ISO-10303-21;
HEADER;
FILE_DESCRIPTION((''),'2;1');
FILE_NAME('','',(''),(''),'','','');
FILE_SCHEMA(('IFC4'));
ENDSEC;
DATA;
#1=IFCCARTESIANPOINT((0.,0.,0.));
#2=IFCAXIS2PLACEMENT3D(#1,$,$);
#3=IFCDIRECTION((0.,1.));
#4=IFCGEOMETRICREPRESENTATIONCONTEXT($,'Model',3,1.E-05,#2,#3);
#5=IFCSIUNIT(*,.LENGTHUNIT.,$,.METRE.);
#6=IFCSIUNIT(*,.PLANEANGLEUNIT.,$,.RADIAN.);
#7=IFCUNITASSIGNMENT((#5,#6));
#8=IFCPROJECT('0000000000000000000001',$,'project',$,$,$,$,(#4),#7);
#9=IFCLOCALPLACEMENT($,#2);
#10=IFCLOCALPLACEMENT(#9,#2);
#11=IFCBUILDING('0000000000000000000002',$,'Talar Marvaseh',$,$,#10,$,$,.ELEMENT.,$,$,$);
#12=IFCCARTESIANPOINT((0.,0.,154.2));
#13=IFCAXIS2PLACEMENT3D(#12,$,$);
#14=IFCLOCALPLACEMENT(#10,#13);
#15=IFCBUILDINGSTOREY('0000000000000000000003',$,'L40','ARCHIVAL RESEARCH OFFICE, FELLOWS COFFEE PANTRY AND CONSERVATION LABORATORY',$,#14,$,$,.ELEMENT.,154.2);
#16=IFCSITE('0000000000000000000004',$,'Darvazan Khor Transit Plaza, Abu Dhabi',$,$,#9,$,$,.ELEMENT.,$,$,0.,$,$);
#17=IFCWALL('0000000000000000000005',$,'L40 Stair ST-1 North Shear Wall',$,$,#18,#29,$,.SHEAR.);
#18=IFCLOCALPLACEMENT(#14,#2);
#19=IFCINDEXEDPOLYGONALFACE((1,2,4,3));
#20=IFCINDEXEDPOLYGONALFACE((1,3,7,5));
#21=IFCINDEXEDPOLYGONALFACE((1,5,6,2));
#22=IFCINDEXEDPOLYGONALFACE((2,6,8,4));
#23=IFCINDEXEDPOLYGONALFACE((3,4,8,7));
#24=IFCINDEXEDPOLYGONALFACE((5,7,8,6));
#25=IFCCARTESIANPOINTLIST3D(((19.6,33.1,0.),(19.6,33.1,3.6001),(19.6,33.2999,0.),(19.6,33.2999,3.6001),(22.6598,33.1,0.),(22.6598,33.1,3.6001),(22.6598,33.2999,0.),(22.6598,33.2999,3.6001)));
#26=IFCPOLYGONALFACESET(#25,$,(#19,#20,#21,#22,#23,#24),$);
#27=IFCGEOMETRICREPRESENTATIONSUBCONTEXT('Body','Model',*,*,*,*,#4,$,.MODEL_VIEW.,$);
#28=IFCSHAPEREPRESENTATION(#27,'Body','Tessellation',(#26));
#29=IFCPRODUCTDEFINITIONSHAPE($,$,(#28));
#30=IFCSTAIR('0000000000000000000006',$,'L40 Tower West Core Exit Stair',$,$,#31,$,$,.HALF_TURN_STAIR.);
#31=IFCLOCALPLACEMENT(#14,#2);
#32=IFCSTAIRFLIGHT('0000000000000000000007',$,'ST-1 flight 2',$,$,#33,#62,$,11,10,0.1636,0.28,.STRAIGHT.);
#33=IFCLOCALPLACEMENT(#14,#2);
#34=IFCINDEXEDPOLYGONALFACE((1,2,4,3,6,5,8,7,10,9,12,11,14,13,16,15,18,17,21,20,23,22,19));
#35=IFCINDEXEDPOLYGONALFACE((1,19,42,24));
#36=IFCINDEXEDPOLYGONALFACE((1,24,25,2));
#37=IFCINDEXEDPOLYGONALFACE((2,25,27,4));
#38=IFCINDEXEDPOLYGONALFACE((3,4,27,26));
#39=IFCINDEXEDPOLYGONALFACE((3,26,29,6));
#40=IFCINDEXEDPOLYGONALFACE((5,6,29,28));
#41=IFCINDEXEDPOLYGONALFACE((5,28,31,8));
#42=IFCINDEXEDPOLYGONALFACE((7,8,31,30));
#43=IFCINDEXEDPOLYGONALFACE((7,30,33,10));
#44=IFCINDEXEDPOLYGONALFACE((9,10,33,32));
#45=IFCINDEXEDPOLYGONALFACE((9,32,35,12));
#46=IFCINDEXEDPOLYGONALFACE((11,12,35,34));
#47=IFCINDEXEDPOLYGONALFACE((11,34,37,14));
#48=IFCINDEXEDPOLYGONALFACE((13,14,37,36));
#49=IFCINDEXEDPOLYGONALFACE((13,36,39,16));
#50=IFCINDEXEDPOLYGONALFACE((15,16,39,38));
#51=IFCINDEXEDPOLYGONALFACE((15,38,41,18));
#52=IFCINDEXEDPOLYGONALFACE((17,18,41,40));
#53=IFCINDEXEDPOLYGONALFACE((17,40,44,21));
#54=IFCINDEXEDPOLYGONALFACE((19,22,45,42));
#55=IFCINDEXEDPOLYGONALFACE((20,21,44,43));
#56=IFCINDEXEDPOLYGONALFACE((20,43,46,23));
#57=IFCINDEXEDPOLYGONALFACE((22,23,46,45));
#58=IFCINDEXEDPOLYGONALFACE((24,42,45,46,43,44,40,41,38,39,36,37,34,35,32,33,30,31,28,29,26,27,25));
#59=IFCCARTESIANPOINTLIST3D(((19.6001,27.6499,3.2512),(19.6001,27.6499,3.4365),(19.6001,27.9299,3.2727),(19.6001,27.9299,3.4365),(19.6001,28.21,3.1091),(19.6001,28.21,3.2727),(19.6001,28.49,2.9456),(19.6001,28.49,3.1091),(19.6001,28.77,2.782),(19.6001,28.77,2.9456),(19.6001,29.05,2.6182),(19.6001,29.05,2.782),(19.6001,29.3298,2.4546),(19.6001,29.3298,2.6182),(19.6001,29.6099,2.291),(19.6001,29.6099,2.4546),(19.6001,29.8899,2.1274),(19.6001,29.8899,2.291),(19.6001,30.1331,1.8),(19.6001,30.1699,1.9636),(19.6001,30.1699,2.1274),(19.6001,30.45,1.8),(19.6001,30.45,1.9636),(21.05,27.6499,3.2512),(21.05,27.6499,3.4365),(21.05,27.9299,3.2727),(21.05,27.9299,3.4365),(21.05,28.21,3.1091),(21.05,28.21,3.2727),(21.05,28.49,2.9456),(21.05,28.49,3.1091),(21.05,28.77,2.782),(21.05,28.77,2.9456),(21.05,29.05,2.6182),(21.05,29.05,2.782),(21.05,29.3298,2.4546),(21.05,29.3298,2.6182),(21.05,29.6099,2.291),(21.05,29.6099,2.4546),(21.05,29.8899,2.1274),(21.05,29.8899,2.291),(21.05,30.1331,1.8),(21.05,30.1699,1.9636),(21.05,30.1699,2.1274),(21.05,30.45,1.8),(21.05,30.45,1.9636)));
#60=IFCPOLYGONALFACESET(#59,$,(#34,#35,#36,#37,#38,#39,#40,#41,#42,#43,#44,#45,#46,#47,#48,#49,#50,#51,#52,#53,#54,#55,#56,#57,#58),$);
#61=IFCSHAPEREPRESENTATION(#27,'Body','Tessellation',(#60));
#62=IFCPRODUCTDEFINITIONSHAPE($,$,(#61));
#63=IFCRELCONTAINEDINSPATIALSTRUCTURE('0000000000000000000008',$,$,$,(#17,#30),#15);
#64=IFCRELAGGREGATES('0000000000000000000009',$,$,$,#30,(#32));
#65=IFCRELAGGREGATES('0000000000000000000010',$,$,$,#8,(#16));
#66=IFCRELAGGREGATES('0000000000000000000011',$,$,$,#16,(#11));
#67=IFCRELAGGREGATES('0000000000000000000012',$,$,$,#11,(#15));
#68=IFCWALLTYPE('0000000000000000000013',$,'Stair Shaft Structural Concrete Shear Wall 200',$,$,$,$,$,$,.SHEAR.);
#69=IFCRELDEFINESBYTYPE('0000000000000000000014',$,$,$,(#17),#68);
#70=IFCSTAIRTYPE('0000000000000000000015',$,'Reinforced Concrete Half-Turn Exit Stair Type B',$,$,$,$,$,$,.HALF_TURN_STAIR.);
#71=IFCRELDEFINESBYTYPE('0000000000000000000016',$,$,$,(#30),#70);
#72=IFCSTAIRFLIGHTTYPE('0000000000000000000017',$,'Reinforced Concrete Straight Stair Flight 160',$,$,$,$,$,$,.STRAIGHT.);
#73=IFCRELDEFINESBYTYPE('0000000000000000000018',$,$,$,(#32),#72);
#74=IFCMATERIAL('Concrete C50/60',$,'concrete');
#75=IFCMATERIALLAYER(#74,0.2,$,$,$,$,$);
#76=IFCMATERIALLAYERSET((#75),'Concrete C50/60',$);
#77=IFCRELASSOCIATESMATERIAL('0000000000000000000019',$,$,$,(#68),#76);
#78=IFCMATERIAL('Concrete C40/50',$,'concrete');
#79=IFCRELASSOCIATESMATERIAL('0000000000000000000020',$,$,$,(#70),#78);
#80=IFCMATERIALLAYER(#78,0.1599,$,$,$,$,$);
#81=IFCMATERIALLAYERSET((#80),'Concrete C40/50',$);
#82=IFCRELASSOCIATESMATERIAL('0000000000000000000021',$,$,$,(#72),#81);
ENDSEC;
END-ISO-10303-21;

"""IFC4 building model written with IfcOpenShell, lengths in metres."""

from ifc_helpers import new_model, si_unit, direction, frame, frame_2d, origin, place, context, subcontext, project, spatial, polyline, rectangle, outline, extrude, material, layer, layer_set, type_object, element, aggregate, save


model = new_model("IFC4")

# Units and contexts
model_context = context("Model", 3, precision=1e-05, world=origin(), true_north=direction((0.0, 1.0)))
body_context = subcontext(model_context, "Body", "Model", "MODEL_VIEW")
ifc_project = project(units=[si_unit("LENGTHUNIT", "METRE"), si_unit("PLANEANGLEUNIT", "RADIAN")], contexts=[model_context])

# Site, building, storey
site_placement = place(None, origin())
site = spatial("IfcSite", under=ifc_project, at=site_placement, Name="Darvazan Khor Transit Plaza, Abu Dhabi", CompositionType="ELEMENT", RefElevation=0.0)
building_placement = place(site_placement, origin())
building = spatial("IfcBuilding", under=site, at=building_placement, Name="Talar Marvaseh", CompositionType="ELEMENT")
storey_placement = place(building_placement, frame((0.0, 0.0, 154.2)))
storey = spatial("IfcBuildingStorey", under=building, at=storey_placement, Name="L40", Description="ARCHIVAL RESEARCH OFFICE, FELLOWS COFFEE PANTRY AND CONSERVATION LABORATORY", CompositionType="ELEMENT", Elevation=154.2)

# Wall
ifc_material_1 = material(Name="Concrete C50/60", Category="concrete")
ifc_layer_1 = layer(ifc_material_1, 0.2)
ifc_layer_set_1 = layer_set([ifc_layer_1], Name="Concrete C50/60")
wall_type_1 = type_object("IfcWallType", Name="Stair Shaft Structural Concrete Shear Wall 200", PredefinedType="SHEAR", material=ifc_layer_set_1)
wall_1_placement = place(storey_placement, frame((19.6001, 33.2, 0.0), z_axis=(0.0, 0.0, 1.0), x_axis=(1.0, 0.0, 0.0)))
element("IfcWall", 1, at=wall_1_placement, inside=storey, type_object=wall_type_1, Name="L40 Stair ST-1 North Shear Wall", PredefinedType="SHEAR", context=body_context, shape_type="SweptSolid", body=[
    extrude(rectangle(XDim=3.0598, YDim=0.2, at=frame_2d((1.5298, 0.0))), origin(), (0.0, 0.0, 1.0), 3.6001),
])

# Stair, stair flight
ifc_material_2 = material(Name="Concrete C40/50", Category="concrete")
stair_type = type_object("IfcStairType", Name="Reinforced Concrete Half-Turn Exit Stair Type B", PredefinedType="HALF_TURN_STAIR", material=ifc_material_2)
stair_placement = place(storey_placement, origin())
stair = element("IfcStair", 2, at=stair_placement, inside=storey, type_object=stair_type, Name="L40 Tower West Core Exit Stair", PredefinedType="HALF_TURN_STAIR")
ifc_layer_2 = layer(ifc_material_2, 0.1599)
ifc_layer_set_2 = layer_set([ifc_layer_2], Name="Concrete C40/50")
stair_flight_type = type_object("IfcStairFlightType", Name="Reinforced Concrete Straight Stair Flight 160", PredefinedType="STRAIGHT", material=ifc_layer_set_2)
stair_flight_placement = place(storey_placement, frame((20.325, 30.45, 1.8), z_axis=(0.0, 0.0, 1.0), x_axis=(0.0, -1.0, 0.0)))
stair_flight = element("IfcStairFlight", 3, at=stair_flight_placement, type_object=stair_flight_type, Name="ST-1 flight 2", NumberOfRisers=11, NumberOfTreads=10, PredefinedType="STRAIGHT", RiserHeight=0.1636, TreadLength=0.28, context=body_context, shape_type="SweptSolid", body=[
    extrude(outline(polyline([(0.0, 0.0), (0.0, 0.1636), (0.28, 0.1636), (0.28, 0.3274), (0.5601, 0.3274), (0.5601, 0.491), (0.8401, 0.491), (0.8401, 0.6545), (1.1201, 0.6545), (1.1201, 0.8181), (1.3999, 0.8181), (1.3999, 0.9819), (1.6799, 0.9819), (1.6799, 1.1455), (1.96, 1.1455), (1.96, 1.3091), (2.24, 1.3091), (2.24, 1.4727), (2.52, 1.4727), (2.52, 1.6365), (2.8, 1.6365), (2.8, 1.8), (2.8, 1.4512), (0.3169, 0.0), (0.0, 0.0)])), frame((0.0, 0.7251, 0.0), z_axis=(0.0, -1.0, 0.0), x_axis=(1.0, 0.0, 0.0)), (0.0, 0.0, 1.0), 1.45),
])
aggregate(stair, [stair_flight])

save(model, "model.ifc")
